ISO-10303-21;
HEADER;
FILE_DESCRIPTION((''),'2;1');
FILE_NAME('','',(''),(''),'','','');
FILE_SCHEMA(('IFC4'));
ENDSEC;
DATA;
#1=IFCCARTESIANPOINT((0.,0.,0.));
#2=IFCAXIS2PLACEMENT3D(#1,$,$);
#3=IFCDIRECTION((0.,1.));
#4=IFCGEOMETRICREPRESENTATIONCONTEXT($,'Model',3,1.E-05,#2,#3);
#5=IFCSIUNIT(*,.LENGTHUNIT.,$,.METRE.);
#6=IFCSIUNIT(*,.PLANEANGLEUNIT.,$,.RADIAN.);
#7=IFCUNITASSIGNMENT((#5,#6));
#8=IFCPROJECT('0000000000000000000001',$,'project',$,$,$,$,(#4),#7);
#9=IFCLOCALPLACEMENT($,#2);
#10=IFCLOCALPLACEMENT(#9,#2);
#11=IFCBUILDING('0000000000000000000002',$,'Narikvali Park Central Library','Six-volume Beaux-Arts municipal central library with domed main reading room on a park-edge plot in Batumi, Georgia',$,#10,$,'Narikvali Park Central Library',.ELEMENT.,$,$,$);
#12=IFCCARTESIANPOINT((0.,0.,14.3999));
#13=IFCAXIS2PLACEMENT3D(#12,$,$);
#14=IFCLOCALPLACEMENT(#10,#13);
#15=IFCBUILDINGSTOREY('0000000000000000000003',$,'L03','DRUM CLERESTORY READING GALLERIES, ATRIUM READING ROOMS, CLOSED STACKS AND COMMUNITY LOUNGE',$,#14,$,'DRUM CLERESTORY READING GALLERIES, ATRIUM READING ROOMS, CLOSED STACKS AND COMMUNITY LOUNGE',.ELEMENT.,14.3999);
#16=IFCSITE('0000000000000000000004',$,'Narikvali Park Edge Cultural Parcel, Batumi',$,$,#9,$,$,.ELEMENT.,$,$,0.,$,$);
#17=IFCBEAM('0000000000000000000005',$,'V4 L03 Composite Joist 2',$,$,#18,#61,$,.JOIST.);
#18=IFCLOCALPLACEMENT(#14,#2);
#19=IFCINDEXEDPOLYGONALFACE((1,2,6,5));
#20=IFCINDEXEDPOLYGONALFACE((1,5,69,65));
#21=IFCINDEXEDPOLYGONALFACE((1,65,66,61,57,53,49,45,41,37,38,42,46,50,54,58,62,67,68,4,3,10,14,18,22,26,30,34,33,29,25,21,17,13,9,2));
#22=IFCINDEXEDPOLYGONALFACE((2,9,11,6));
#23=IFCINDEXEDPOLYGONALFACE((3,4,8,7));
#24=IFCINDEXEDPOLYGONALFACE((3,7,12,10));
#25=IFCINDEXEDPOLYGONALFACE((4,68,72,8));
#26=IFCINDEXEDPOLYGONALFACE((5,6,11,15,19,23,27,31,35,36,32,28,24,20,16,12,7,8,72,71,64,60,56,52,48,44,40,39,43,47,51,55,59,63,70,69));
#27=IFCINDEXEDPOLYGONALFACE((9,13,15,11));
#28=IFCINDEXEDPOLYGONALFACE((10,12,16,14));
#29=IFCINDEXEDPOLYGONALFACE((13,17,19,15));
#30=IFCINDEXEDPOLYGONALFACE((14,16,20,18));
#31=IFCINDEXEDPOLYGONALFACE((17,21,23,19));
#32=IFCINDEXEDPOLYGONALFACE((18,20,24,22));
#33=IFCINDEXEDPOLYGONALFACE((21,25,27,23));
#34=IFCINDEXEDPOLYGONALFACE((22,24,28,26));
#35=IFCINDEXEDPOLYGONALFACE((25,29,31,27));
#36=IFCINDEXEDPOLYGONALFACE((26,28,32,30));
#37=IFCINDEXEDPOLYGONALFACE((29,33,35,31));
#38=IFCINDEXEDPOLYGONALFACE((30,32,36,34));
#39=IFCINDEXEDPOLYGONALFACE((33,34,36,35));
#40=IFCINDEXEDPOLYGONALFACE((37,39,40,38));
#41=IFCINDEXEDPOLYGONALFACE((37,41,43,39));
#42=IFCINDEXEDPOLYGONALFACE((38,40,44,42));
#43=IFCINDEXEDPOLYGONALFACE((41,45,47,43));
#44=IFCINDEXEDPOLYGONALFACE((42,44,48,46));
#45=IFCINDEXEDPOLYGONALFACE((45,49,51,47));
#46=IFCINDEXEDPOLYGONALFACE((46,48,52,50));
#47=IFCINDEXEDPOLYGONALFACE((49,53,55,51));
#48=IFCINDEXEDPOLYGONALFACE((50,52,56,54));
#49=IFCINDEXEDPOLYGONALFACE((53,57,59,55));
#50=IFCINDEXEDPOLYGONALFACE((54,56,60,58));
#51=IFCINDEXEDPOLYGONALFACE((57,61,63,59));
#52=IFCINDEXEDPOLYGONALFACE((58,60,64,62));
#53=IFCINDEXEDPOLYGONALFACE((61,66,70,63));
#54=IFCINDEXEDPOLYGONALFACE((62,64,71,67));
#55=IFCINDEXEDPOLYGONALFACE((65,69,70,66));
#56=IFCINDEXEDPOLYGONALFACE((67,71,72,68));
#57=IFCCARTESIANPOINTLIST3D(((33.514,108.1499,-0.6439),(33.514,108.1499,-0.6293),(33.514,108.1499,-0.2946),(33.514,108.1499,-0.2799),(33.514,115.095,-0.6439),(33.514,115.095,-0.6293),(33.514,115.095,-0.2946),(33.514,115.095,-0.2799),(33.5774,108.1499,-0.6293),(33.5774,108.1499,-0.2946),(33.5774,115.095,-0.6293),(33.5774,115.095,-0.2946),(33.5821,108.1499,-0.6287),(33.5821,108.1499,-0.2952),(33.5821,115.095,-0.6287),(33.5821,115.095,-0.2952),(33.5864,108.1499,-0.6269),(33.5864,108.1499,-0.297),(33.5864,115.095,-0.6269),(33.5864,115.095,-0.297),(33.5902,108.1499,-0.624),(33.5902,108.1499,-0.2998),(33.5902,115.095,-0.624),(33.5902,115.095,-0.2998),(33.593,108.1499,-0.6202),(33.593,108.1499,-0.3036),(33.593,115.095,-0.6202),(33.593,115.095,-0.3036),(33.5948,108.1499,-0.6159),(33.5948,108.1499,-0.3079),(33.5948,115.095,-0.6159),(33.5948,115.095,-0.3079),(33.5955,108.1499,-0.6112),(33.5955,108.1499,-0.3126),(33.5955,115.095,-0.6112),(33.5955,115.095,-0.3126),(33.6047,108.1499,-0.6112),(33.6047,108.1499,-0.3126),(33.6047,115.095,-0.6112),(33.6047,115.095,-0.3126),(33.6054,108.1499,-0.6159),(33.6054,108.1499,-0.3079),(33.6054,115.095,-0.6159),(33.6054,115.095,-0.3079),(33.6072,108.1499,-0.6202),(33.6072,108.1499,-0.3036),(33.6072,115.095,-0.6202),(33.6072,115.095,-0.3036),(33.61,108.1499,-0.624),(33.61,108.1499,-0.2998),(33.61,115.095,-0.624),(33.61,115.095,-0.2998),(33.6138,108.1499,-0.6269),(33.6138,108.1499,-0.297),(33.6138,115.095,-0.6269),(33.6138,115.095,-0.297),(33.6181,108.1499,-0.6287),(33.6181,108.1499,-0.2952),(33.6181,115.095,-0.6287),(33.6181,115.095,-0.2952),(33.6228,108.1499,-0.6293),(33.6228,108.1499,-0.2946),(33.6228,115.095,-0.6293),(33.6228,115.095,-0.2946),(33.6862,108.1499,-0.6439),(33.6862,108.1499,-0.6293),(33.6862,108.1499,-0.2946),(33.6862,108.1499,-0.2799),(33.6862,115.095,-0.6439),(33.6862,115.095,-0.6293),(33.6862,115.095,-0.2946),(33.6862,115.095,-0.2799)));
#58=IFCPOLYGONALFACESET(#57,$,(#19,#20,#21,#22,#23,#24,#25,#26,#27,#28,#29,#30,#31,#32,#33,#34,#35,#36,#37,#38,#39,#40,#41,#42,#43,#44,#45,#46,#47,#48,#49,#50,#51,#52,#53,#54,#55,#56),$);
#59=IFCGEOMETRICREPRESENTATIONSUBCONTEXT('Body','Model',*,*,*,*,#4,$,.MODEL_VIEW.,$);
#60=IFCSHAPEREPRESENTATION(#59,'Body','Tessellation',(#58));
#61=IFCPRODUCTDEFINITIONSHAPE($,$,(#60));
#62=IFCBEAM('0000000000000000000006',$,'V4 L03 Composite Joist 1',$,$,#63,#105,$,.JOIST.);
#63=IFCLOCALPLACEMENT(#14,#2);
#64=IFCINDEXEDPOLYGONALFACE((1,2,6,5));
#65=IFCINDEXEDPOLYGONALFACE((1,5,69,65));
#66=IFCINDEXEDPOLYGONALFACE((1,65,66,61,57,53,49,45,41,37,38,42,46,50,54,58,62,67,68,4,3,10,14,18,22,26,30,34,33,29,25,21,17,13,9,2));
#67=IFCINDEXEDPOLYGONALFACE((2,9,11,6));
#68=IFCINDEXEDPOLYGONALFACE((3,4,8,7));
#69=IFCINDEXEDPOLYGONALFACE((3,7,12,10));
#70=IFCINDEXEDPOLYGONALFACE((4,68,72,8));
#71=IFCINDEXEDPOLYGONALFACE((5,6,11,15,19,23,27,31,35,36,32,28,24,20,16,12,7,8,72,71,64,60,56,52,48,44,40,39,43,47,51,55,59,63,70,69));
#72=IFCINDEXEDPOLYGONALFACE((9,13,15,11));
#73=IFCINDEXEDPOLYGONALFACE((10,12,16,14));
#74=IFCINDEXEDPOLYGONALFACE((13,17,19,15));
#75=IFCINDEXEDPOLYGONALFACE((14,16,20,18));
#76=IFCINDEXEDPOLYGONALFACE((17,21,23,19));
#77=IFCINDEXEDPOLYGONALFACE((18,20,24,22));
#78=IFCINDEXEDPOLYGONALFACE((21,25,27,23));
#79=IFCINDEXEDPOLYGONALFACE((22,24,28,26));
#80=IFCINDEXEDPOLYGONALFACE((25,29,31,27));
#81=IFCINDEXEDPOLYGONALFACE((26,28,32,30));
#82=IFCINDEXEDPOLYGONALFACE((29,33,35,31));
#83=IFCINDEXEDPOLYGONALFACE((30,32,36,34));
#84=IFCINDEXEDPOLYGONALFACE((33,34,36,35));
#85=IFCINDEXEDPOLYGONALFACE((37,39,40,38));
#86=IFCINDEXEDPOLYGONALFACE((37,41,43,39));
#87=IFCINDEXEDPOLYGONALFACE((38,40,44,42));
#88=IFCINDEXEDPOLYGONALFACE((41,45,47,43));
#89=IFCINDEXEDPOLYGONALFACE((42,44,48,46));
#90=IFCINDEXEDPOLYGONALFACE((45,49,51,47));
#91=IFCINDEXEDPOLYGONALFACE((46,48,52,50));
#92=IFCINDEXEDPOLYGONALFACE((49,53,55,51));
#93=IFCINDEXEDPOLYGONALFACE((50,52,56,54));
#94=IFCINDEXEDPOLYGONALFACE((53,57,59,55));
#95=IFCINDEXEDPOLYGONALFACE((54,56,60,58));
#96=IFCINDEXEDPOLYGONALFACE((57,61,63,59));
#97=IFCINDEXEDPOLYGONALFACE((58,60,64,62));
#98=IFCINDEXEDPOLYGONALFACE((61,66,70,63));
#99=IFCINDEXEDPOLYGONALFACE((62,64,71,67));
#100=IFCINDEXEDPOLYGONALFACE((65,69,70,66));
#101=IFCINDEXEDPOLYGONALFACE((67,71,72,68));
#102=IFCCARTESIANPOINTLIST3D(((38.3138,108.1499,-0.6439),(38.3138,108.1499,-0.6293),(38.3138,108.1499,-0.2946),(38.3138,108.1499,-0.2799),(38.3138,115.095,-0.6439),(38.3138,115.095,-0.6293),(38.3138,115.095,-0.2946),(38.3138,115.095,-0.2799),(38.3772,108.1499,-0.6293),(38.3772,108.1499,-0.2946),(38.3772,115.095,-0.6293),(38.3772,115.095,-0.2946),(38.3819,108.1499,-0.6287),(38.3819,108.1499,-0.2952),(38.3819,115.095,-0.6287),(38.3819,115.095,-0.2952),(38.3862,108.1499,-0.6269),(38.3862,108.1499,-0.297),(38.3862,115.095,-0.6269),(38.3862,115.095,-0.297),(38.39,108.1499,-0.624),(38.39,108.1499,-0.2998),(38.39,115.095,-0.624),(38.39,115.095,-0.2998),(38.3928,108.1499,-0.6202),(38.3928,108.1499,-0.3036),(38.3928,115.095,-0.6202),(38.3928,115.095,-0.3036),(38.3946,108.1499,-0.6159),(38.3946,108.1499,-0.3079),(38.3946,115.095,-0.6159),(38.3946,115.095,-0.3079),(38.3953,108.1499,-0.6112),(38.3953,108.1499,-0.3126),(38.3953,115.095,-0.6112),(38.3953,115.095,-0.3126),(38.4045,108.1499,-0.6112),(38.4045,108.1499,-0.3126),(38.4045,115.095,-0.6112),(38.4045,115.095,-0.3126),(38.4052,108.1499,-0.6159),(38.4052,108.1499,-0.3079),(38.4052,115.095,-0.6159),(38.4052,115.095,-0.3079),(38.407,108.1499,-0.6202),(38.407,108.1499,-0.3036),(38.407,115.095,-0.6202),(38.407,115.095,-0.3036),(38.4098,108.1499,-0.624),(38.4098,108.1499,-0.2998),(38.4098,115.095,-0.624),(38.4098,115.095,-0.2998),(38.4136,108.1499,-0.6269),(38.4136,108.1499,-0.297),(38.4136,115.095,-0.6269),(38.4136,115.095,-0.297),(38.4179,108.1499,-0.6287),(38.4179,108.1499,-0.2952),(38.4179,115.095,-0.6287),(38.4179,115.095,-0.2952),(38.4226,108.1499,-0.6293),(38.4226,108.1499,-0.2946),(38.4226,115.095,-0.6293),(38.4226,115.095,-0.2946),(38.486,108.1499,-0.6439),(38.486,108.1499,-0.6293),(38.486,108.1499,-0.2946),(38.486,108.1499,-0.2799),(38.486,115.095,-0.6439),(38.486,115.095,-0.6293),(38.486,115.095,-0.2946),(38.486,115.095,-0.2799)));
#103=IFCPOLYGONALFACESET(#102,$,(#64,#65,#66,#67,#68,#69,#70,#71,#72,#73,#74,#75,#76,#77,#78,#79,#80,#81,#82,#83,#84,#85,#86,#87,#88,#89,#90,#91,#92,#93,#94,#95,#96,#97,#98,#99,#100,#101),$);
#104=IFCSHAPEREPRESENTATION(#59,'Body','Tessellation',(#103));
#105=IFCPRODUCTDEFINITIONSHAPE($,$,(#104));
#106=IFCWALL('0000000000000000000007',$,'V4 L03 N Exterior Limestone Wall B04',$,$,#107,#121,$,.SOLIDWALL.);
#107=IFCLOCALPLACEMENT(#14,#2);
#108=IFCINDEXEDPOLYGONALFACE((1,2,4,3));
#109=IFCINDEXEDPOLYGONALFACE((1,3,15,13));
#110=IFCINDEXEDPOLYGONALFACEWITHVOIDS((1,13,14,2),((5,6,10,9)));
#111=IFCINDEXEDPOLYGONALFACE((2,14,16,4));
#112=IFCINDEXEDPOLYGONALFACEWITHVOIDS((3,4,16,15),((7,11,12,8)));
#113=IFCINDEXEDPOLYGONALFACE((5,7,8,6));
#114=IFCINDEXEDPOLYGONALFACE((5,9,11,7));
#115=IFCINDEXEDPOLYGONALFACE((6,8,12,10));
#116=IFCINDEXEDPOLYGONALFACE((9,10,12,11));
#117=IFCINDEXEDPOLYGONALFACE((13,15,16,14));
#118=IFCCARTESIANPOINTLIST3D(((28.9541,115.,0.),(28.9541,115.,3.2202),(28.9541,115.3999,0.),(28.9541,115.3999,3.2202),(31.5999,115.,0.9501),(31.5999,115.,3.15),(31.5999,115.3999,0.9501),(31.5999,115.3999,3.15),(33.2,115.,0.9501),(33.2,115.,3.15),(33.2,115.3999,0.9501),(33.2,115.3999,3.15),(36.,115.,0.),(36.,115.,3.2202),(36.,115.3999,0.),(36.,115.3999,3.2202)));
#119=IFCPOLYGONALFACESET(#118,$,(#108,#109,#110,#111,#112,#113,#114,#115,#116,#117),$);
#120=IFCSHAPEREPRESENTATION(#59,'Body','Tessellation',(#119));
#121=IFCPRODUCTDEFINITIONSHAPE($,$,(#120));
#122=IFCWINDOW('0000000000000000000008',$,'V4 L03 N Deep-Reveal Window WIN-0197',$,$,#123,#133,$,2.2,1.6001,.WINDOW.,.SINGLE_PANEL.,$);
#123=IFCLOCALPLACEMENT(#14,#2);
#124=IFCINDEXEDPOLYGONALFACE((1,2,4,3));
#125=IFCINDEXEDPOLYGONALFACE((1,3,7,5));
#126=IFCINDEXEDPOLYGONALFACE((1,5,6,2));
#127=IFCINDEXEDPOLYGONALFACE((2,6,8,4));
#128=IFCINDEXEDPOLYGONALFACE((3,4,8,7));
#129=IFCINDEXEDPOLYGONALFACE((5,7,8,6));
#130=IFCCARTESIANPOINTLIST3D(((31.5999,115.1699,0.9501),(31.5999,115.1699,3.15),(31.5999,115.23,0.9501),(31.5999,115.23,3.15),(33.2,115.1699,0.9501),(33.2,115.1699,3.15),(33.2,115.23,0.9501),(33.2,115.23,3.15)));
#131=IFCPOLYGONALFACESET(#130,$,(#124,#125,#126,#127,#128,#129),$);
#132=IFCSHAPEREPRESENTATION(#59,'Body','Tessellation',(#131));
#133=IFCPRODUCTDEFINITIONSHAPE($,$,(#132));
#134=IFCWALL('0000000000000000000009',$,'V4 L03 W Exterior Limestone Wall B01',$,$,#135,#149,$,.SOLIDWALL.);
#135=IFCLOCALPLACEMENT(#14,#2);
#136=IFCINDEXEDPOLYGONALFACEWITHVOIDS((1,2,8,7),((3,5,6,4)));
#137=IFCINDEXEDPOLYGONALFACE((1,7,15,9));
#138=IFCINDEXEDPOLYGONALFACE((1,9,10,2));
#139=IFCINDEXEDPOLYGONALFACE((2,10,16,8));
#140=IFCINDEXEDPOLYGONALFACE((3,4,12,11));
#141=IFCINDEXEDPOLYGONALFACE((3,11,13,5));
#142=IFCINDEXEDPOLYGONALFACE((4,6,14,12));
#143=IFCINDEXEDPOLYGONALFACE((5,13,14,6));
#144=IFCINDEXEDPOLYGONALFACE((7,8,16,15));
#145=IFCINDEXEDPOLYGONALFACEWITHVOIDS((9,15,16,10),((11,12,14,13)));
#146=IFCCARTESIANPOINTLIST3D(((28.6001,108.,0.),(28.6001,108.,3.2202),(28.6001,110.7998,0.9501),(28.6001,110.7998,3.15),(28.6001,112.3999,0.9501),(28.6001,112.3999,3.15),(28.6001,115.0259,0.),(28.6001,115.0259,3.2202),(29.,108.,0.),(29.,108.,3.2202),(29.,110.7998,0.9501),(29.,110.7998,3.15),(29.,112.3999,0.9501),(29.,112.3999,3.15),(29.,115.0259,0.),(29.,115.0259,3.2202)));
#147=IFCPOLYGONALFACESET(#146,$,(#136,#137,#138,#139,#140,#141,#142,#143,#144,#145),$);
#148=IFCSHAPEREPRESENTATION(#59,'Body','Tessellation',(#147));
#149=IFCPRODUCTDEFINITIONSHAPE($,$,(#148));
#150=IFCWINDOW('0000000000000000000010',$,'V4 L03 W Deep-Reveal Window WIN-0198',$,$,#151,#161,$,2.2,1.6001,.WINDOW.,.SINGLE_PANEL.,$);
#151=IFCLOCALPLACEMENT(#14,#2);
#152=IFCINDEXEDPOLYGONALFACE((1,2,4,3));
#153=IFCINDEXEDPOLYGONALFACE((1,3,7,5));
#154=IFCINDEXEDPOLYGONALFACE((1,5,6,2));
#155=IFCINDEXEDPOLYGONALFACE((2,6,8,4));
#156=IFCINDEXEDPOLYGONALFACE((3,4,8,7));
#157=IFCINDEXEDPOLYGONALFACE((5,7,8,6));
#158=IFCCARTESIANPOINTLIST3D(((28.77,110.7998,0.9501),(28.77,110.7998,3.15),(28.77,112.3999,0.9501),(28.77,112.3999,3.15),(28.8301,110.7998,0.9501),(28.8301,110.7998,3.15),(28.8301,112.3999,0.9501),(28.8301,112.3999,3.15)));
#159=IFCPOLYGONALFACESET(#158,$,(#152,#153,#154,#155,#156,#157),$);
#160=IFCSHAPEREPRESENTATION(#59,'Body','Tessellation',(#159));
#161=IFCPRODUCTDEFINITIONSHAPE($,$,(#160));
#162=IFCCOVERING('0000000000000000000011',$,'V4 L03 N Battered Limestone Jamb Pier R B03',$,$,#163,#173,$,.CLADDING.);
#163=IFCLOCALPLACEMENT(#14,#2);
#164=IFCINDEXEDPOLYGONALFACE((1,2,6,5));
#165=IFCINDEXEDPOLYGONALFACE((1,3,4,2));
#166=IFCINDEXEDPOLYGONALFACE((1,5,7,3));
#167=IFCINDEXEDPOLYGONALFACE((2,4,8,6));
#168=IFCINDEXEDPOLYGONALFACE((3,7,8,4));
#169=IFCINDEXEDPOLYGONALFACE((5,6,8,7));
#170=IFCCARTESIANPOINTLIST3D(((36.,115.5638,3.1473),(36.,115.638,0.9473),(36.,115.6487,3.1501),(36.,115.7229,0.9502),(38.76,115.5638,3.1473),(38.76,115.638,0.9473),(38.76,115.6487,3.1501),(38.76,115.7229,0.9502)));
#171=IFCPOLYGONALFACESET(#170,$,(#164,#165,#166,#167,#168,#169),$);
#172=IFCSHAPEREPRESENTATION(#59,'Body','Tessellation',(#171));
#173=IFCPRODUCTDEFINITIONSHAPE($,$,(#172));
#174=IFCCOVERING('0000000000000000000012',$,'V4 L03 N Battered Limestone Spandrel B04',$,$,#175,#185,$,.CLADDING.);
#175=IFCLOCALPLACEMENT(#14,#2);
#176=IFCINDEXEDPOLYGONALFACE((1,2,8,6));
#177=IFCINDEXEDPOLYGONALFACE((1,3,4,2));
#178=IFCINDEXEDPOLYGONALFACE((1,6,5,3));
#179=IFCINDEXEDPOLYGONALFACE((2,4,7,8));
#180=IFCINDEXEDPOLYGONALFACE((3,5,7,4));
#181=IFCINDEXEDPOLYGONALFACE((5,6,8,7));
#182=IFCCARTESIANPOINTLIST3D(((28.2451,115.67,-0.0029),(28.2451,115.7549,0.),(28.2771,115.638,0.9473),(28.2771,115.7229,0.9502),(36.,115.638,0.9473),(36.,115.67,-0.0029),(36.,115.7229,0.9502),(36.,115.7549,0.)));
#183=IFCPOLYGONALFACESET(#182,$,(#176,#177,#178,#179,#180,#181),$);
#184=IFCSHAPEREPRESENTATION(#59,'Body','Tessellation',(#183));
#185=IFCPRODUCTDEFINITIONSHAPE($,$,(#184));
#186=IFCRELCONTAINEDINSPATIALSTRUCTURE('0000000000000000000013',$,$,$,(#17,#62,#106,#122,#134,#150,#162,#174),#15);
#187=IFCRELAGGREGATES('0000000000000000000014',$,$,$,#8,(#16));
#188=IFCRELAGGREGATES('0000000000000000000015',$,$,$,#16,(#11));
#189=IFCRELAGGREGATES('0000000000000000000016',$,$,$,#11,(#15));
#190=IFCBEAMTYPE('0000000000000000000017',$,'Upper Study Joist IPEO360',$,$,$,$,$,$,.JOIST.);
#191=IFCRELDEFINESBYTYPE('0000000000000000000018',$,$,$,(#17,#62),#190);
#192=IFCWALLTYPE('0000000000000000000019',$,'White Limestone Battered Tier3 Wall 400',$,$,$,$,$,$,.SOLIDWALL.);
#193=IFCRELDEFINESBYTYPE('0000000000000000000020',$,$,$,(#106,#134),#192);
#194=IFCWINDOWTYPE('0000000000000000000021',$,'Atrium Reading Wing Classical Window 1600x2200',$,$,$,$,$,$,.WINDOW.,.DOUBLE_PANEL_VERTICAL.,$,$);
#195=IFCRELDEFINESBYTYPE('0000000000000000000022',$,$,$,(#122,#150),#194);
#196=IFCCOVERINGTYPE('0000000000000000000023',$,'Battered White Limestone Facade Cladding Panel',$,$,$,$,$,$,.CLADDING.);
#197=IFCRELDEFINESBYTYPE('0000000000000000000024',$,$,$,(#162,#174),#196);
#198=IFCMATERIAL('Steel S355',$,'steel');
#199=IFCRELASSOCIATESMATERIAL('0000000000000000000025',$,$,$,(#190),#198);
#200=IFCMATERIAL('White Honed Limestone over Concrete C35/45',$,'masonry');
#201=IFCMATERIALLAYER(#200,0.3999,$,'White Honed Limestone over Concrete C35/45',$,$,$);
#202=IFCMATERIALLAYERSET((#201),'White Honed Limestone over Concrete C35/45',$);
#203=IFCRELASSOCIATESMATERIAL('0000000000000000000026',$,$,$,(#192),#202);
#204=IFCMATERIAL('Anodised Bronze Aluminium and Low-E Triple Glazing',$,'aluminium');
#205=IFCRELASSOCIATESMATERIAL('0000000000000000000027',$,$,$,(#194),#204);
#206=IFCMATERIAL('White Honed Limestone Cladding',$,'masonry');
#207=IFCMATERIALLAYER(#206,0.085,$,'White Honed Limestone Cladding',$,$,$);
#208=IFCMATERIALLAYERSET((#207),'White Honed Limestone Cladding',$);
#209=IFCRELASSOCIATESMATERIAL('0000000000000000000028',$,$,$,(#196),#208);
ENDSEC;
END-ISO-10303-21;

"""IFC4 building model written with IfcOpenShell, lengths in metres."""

from ifc_helpers import new_model, si_unit, direction, frame, frame_2d, origin, origin_2d, place, context, subcontext, project, spatial, polyline, rectangle, i_section, outline, extrude, material, layer, layer_set, material_profile, profile_set, type_object, element, fill, save


model = new_model("IFC4")

# Units and contexts
model_context = context("Model", 3, precision=1e-05, world=origin(), true_north=direction((0.0, 1.0)))
body_context = subcontext(model_context, "Body", "Model", "MODEL_VIEW")
ifc_project = project(units=[si_unit("LENGTHUNIT", "METRE"), si_unit("PLANEANGLEUNIT", "RADIAN")], contexts=[model_context])

# Site, building, storey
site_placement = place(None, origin())
site = spatial("IfcSite", under=ifc_project, at=site_placement, Name="Narikvali Park Edge Cultural Parcel, Batumi", CompositionType="ELEMENT", RefElevation=0.0)
building_placement = place(site_placement, origin())
building = spatial("IfcBuilding", under=site, at=building_placement, Name="Narikvali Park Central Library", Description="Six-volume Beaux-Arts municipal central library with domed main reading room on a park-edge plot in Batumi, Georgia", LongName="Narikvali Park Central Library", CompositionType="ELEMENT")
storey_placement = place(building_placement, frame((0.0, 0.0, 14.3999)))
storey = spatial("IfcBuildingStorey", under=building, at=storey_placement, Name="L03", Description="DRUM CLERESTORY READING GALLERIES, ATRIUM READING ROOMS, CLOSED STACKS AND COMMUNITY LOUNGE", LongName="DRUM CLERESTORY READING GALLERIES, ATRIUM READING ROOMS, CLOSED STACKS AND COMMUNITY LOUNGE", CompositionType="ELEMENT", Elevation=14.3999)

# Shared definitions
ifc_material_1 = material(Name="Steel S355", Category="steel")

# Beams
ifc_material_profile_1 = material_profile(ifc_material_1, i_section(OverallWidth=0.1721, OverallDepth=0.364, WebThickness=0.0093, FlangeThickness=0.0146, FilletRadius=0.0181, at=origin_2d()), Name="IPEO 360")
ifc_profile_set_1 = profile_set([ifc_material_profile_1], Name="Steel S355")
beam_type_1 = type_object("IfcBeamType", Name="Upper Study Joist IPEO360", PredefinedType="JOIST", material=ifc_profile_set_1)
for number, where, z_axis, x_axis, name in (
    (1, (33.6001, 108.1499, -0.4619), (0.0, 1.0, 0.0), (-1.0, 0.0, 0.0), "V4 L03 Composite Joist 2"),
    (2, (38.3999, 108.1499, -0.4619), (0.0, 1.0, 0.0), (-1.0, 0.0, 0.0), "V4 L03 Composite Joist 1"),
):
    element("IfcBeam", number, at=place(storey_placement, frame(where, z_axis=z_axis, x_axis=x_axis)), inside=storey, type_object=beam_type_1, Name=name, PredefinedType="JOIST", context=body_context, shape_type="SweptSolid", body=[
        extrude(i_section(OverallWidth=0.1721, OverallDepth=0.364, WebThickness=0.0093, FlangeThickness=0.0146, FilletRadius=0.0181, at=origin_2d()), origin(), (0.0, 0.0, 1.0), 6.9451),
    ])

# Walls, openings, windows
ifc_material_2 = material(Name="White Honed Limestone over Concrete C35/45", Category="masonry")
ifc_layer_1 = layer(ifc_material_2, 0.3999, Name="White Honed Limestone over Concrete C35/45")
ifc_layer_set_1 = layer_set([ifc_layer_1], Name="White Honed Limestone over Concrete C35/45")
wall_type = type_object("IfcWallType", Name="White Limestone Battered Tier3 Wall 400", PredefinedType="SOLIDWALL", material=ifc_layer_set_1)
wall_1_placement = place(storey_placement, frame((36.0, 115.2, 0.0), z_axis=(0.0, 0.0, 1.0), x_axis=(-1.0, 0.0, 0.0)))
wall_1 = element("IfcWall", 3, at=wall_1_placement, inside=storey, type_object=wall_type, Name="V4 L03 N Exterior Limestone Wall B04", PredefinedType="SOLIDWALL", context=body_context, shape_type="SweptSolid", body=[
    extrude(rectangle(XDim=7.0459, YDim=0.3999, at=frame_2d((3.5229, 0.0))), origin(), (0.0, 0.0, 1.0), 3.2202),
])
opening_1_placement = place(wall_1_placement, frame((2.8, 0.0, 0.95)))
opening_1 = element("IfcOpeningElement", 4, at=opening_1_placement, cuts=wall_1, PredefinedType="OPENING", context=body_context, shape_type="SweptSolid", body=[
    extrude(rectangle(XDim=1.6001, YDim=2.2, at=frame_2d((0.8, 1.1001))), frame((0.0, 0.2119, 0.0), z_axis=(0.0, -1.0, 0.0), x_axis=(1.0, 0.0, 0.0)), (0.0, 0.0, 1.0), 0.4238),
])
ifc_material_3 = material(Name="Anodised Bronze Aluminium and Low-E Triple Glazing", Category="aluminium")
window_type = type_object("IfcWindowType", Name="Atrium Reading Wing Classical Window 1600x2200", PartitioningType="DOUBLE_PANEL_VERTICAL", PredefinedType="WINDOW", material=ifc_material_3)
window_1_placement = place(opening_1_placement, origin())
window_1 = element("IfcWindow", 5, at=window_1_placement, inside=storey, type_object=window_type, Name="V4 L03 N Deep-Reveal Window WIN-0197", OverallHeight=2.2, OverallWidth=1.6001, PartitioningType="SINGLE_PANEL", PredefinedType="WINDOW", context=body_context, shape_type="SweptSolid", body=[
    extrude(rectangle(XDim=1.6001, YDim=2.2, at=frame_2d((0.8, 1.1001))), frame((0.0, 0.03, 0.0), z_axis=(0.0, -1.0, 0.0), x_axis=(1.0, 0.0, 0.0)), (0.0, 0.0, 1.0), 0.0601),
])
fill(opening_1, window_1)
wall_2_placement = place(storey_placement, frame((28.8, 115.0259, 0.0), z_axis=(0.0, 0.0, 1.0), x_axis=(0.0, -1.0, 0.0)))
wall_2 = element("IfcWall", 6, at=wall_2_placement, inside=storey, type_object=wall_type, Name="V4 L03 W Exterior Limestone Wall B01", PredefinedType="SOLIDWALL", context=body_context, shape_type="SweptSolid", body=[
    extrude(rectangle(XDim=7.0259, YDim=0.3999, at=frame_2d((3.5129, 0.0))), origin(), (0.0, 0.0, 1.0), 3.2202),
])
opening_2_placement = place(wall_2_placement, frame((2.626, 0.0, 0.95)))
opening_2 = element("IfcOpeningElement", 7, at=opening_2_placement, cuts=wall_2, PredefinedType="OPENING", context=body_context, shape_type="SweptSolid", body=[
    extrude(rectangle(XDim=1.6001, YDim=2.2, at=frame_2d((0.8, 1.1001))), frame((0.0, 0.2119, 0.0), z_axis=(0.0, -1.0, 0.0), x_axis=(1.0, 0.0, 0.0)), (0.0, 0.0, 1.0), 0.4238),
])
window_2_placement = place(opening_2_placement, origin())
window_2 = element("IfcWindow", 8, at=window_2_placement, inside=storey, type_object=window_type, Name="V4 L03 W Deep-Reveal Window WIN-0198", OverallHeight=2.2, OverallWidth=1.6001, PartitioningType="SINGLE_PANEL", PredefinedType="WINDOW", context=body_context, shape_type="SweptSolid", body=[
    extrude(rectangle(XDim=1.6001, YDim=2.2, at=frame_2d((0.8, 1.1001))), frame((0.0, 0.03, 0.0), z_axis=(0.0, -1.0, 0.0), x_axis=(1.0, 0.0, 0.0)), (0.0, 0.0, 1.0), 0.0601),
])
fill(opening_2, window_2)

# Coverings
ifc_material_4 = material(Name="White Honed Limestone Cladding", Category="masonry")
ifc_layer_2 = layer(ifc_material_4, 0.085, Name="White Honed Limestone Cladding")
ifc_layer_set_2 = layer_set([ifc_layer_2], Name="White Honed Limestone Cladding")
covering_type = type_object("IfcCoveringType", Name="Battered White Limestone Facade Cladding Panel", PredefinedType="CLADDING", material=ifc_layer_set_2)
covering_1_placement = place(storey_placement, frame((38.76, 115.7229, 0.9502), z_axis=(0.0, 0.999431, 0.033717), x_axis=(-1.0, 0.0, 0.0)))
element("IfcCovering", 9, at=covering_1_placement, inside=storey, type_object=covering_type, Name="V4 L03 N Battered Limestone Jamb Pier R B03", PredefinedType="CLADDING", context=body_context, shape_type="SweptSolid", body=[
    extrude(outline(polyline([(0.0, 0.0), (2.76, 0.0), (2.76, 2.2012), (0.0, 2.2012), (0.0, 0.0)])), origin(), (0.0, 0.0, -1.0), 0.085),
])
covering_2_placement = place(storey_placement, frame((36.0, 115.7549, 0.0), z_axis=(0.0, 0.999434, 0.03364), x_axis=(-1.0, 0.0, 0.0)))
element("IfcCovering", 10, at=covering_2_placement, inside=storey, type_object=covering_type, Name="V4 L03 N Battered Limestone Spandrel B04", PredefinedType="CLADDING", context=body_context, shape_type="SweptSolid", body=[
    extrude(outline(polyline([(0.0, 0.0), (7.7549, 0.0), (7.7229, 0.9507), (0.0, 0.9507), (0.0, 0.0)])), origin(), (0.0, 0.0, -1.0), 0.085),
])

save(model, "model.ifc")
